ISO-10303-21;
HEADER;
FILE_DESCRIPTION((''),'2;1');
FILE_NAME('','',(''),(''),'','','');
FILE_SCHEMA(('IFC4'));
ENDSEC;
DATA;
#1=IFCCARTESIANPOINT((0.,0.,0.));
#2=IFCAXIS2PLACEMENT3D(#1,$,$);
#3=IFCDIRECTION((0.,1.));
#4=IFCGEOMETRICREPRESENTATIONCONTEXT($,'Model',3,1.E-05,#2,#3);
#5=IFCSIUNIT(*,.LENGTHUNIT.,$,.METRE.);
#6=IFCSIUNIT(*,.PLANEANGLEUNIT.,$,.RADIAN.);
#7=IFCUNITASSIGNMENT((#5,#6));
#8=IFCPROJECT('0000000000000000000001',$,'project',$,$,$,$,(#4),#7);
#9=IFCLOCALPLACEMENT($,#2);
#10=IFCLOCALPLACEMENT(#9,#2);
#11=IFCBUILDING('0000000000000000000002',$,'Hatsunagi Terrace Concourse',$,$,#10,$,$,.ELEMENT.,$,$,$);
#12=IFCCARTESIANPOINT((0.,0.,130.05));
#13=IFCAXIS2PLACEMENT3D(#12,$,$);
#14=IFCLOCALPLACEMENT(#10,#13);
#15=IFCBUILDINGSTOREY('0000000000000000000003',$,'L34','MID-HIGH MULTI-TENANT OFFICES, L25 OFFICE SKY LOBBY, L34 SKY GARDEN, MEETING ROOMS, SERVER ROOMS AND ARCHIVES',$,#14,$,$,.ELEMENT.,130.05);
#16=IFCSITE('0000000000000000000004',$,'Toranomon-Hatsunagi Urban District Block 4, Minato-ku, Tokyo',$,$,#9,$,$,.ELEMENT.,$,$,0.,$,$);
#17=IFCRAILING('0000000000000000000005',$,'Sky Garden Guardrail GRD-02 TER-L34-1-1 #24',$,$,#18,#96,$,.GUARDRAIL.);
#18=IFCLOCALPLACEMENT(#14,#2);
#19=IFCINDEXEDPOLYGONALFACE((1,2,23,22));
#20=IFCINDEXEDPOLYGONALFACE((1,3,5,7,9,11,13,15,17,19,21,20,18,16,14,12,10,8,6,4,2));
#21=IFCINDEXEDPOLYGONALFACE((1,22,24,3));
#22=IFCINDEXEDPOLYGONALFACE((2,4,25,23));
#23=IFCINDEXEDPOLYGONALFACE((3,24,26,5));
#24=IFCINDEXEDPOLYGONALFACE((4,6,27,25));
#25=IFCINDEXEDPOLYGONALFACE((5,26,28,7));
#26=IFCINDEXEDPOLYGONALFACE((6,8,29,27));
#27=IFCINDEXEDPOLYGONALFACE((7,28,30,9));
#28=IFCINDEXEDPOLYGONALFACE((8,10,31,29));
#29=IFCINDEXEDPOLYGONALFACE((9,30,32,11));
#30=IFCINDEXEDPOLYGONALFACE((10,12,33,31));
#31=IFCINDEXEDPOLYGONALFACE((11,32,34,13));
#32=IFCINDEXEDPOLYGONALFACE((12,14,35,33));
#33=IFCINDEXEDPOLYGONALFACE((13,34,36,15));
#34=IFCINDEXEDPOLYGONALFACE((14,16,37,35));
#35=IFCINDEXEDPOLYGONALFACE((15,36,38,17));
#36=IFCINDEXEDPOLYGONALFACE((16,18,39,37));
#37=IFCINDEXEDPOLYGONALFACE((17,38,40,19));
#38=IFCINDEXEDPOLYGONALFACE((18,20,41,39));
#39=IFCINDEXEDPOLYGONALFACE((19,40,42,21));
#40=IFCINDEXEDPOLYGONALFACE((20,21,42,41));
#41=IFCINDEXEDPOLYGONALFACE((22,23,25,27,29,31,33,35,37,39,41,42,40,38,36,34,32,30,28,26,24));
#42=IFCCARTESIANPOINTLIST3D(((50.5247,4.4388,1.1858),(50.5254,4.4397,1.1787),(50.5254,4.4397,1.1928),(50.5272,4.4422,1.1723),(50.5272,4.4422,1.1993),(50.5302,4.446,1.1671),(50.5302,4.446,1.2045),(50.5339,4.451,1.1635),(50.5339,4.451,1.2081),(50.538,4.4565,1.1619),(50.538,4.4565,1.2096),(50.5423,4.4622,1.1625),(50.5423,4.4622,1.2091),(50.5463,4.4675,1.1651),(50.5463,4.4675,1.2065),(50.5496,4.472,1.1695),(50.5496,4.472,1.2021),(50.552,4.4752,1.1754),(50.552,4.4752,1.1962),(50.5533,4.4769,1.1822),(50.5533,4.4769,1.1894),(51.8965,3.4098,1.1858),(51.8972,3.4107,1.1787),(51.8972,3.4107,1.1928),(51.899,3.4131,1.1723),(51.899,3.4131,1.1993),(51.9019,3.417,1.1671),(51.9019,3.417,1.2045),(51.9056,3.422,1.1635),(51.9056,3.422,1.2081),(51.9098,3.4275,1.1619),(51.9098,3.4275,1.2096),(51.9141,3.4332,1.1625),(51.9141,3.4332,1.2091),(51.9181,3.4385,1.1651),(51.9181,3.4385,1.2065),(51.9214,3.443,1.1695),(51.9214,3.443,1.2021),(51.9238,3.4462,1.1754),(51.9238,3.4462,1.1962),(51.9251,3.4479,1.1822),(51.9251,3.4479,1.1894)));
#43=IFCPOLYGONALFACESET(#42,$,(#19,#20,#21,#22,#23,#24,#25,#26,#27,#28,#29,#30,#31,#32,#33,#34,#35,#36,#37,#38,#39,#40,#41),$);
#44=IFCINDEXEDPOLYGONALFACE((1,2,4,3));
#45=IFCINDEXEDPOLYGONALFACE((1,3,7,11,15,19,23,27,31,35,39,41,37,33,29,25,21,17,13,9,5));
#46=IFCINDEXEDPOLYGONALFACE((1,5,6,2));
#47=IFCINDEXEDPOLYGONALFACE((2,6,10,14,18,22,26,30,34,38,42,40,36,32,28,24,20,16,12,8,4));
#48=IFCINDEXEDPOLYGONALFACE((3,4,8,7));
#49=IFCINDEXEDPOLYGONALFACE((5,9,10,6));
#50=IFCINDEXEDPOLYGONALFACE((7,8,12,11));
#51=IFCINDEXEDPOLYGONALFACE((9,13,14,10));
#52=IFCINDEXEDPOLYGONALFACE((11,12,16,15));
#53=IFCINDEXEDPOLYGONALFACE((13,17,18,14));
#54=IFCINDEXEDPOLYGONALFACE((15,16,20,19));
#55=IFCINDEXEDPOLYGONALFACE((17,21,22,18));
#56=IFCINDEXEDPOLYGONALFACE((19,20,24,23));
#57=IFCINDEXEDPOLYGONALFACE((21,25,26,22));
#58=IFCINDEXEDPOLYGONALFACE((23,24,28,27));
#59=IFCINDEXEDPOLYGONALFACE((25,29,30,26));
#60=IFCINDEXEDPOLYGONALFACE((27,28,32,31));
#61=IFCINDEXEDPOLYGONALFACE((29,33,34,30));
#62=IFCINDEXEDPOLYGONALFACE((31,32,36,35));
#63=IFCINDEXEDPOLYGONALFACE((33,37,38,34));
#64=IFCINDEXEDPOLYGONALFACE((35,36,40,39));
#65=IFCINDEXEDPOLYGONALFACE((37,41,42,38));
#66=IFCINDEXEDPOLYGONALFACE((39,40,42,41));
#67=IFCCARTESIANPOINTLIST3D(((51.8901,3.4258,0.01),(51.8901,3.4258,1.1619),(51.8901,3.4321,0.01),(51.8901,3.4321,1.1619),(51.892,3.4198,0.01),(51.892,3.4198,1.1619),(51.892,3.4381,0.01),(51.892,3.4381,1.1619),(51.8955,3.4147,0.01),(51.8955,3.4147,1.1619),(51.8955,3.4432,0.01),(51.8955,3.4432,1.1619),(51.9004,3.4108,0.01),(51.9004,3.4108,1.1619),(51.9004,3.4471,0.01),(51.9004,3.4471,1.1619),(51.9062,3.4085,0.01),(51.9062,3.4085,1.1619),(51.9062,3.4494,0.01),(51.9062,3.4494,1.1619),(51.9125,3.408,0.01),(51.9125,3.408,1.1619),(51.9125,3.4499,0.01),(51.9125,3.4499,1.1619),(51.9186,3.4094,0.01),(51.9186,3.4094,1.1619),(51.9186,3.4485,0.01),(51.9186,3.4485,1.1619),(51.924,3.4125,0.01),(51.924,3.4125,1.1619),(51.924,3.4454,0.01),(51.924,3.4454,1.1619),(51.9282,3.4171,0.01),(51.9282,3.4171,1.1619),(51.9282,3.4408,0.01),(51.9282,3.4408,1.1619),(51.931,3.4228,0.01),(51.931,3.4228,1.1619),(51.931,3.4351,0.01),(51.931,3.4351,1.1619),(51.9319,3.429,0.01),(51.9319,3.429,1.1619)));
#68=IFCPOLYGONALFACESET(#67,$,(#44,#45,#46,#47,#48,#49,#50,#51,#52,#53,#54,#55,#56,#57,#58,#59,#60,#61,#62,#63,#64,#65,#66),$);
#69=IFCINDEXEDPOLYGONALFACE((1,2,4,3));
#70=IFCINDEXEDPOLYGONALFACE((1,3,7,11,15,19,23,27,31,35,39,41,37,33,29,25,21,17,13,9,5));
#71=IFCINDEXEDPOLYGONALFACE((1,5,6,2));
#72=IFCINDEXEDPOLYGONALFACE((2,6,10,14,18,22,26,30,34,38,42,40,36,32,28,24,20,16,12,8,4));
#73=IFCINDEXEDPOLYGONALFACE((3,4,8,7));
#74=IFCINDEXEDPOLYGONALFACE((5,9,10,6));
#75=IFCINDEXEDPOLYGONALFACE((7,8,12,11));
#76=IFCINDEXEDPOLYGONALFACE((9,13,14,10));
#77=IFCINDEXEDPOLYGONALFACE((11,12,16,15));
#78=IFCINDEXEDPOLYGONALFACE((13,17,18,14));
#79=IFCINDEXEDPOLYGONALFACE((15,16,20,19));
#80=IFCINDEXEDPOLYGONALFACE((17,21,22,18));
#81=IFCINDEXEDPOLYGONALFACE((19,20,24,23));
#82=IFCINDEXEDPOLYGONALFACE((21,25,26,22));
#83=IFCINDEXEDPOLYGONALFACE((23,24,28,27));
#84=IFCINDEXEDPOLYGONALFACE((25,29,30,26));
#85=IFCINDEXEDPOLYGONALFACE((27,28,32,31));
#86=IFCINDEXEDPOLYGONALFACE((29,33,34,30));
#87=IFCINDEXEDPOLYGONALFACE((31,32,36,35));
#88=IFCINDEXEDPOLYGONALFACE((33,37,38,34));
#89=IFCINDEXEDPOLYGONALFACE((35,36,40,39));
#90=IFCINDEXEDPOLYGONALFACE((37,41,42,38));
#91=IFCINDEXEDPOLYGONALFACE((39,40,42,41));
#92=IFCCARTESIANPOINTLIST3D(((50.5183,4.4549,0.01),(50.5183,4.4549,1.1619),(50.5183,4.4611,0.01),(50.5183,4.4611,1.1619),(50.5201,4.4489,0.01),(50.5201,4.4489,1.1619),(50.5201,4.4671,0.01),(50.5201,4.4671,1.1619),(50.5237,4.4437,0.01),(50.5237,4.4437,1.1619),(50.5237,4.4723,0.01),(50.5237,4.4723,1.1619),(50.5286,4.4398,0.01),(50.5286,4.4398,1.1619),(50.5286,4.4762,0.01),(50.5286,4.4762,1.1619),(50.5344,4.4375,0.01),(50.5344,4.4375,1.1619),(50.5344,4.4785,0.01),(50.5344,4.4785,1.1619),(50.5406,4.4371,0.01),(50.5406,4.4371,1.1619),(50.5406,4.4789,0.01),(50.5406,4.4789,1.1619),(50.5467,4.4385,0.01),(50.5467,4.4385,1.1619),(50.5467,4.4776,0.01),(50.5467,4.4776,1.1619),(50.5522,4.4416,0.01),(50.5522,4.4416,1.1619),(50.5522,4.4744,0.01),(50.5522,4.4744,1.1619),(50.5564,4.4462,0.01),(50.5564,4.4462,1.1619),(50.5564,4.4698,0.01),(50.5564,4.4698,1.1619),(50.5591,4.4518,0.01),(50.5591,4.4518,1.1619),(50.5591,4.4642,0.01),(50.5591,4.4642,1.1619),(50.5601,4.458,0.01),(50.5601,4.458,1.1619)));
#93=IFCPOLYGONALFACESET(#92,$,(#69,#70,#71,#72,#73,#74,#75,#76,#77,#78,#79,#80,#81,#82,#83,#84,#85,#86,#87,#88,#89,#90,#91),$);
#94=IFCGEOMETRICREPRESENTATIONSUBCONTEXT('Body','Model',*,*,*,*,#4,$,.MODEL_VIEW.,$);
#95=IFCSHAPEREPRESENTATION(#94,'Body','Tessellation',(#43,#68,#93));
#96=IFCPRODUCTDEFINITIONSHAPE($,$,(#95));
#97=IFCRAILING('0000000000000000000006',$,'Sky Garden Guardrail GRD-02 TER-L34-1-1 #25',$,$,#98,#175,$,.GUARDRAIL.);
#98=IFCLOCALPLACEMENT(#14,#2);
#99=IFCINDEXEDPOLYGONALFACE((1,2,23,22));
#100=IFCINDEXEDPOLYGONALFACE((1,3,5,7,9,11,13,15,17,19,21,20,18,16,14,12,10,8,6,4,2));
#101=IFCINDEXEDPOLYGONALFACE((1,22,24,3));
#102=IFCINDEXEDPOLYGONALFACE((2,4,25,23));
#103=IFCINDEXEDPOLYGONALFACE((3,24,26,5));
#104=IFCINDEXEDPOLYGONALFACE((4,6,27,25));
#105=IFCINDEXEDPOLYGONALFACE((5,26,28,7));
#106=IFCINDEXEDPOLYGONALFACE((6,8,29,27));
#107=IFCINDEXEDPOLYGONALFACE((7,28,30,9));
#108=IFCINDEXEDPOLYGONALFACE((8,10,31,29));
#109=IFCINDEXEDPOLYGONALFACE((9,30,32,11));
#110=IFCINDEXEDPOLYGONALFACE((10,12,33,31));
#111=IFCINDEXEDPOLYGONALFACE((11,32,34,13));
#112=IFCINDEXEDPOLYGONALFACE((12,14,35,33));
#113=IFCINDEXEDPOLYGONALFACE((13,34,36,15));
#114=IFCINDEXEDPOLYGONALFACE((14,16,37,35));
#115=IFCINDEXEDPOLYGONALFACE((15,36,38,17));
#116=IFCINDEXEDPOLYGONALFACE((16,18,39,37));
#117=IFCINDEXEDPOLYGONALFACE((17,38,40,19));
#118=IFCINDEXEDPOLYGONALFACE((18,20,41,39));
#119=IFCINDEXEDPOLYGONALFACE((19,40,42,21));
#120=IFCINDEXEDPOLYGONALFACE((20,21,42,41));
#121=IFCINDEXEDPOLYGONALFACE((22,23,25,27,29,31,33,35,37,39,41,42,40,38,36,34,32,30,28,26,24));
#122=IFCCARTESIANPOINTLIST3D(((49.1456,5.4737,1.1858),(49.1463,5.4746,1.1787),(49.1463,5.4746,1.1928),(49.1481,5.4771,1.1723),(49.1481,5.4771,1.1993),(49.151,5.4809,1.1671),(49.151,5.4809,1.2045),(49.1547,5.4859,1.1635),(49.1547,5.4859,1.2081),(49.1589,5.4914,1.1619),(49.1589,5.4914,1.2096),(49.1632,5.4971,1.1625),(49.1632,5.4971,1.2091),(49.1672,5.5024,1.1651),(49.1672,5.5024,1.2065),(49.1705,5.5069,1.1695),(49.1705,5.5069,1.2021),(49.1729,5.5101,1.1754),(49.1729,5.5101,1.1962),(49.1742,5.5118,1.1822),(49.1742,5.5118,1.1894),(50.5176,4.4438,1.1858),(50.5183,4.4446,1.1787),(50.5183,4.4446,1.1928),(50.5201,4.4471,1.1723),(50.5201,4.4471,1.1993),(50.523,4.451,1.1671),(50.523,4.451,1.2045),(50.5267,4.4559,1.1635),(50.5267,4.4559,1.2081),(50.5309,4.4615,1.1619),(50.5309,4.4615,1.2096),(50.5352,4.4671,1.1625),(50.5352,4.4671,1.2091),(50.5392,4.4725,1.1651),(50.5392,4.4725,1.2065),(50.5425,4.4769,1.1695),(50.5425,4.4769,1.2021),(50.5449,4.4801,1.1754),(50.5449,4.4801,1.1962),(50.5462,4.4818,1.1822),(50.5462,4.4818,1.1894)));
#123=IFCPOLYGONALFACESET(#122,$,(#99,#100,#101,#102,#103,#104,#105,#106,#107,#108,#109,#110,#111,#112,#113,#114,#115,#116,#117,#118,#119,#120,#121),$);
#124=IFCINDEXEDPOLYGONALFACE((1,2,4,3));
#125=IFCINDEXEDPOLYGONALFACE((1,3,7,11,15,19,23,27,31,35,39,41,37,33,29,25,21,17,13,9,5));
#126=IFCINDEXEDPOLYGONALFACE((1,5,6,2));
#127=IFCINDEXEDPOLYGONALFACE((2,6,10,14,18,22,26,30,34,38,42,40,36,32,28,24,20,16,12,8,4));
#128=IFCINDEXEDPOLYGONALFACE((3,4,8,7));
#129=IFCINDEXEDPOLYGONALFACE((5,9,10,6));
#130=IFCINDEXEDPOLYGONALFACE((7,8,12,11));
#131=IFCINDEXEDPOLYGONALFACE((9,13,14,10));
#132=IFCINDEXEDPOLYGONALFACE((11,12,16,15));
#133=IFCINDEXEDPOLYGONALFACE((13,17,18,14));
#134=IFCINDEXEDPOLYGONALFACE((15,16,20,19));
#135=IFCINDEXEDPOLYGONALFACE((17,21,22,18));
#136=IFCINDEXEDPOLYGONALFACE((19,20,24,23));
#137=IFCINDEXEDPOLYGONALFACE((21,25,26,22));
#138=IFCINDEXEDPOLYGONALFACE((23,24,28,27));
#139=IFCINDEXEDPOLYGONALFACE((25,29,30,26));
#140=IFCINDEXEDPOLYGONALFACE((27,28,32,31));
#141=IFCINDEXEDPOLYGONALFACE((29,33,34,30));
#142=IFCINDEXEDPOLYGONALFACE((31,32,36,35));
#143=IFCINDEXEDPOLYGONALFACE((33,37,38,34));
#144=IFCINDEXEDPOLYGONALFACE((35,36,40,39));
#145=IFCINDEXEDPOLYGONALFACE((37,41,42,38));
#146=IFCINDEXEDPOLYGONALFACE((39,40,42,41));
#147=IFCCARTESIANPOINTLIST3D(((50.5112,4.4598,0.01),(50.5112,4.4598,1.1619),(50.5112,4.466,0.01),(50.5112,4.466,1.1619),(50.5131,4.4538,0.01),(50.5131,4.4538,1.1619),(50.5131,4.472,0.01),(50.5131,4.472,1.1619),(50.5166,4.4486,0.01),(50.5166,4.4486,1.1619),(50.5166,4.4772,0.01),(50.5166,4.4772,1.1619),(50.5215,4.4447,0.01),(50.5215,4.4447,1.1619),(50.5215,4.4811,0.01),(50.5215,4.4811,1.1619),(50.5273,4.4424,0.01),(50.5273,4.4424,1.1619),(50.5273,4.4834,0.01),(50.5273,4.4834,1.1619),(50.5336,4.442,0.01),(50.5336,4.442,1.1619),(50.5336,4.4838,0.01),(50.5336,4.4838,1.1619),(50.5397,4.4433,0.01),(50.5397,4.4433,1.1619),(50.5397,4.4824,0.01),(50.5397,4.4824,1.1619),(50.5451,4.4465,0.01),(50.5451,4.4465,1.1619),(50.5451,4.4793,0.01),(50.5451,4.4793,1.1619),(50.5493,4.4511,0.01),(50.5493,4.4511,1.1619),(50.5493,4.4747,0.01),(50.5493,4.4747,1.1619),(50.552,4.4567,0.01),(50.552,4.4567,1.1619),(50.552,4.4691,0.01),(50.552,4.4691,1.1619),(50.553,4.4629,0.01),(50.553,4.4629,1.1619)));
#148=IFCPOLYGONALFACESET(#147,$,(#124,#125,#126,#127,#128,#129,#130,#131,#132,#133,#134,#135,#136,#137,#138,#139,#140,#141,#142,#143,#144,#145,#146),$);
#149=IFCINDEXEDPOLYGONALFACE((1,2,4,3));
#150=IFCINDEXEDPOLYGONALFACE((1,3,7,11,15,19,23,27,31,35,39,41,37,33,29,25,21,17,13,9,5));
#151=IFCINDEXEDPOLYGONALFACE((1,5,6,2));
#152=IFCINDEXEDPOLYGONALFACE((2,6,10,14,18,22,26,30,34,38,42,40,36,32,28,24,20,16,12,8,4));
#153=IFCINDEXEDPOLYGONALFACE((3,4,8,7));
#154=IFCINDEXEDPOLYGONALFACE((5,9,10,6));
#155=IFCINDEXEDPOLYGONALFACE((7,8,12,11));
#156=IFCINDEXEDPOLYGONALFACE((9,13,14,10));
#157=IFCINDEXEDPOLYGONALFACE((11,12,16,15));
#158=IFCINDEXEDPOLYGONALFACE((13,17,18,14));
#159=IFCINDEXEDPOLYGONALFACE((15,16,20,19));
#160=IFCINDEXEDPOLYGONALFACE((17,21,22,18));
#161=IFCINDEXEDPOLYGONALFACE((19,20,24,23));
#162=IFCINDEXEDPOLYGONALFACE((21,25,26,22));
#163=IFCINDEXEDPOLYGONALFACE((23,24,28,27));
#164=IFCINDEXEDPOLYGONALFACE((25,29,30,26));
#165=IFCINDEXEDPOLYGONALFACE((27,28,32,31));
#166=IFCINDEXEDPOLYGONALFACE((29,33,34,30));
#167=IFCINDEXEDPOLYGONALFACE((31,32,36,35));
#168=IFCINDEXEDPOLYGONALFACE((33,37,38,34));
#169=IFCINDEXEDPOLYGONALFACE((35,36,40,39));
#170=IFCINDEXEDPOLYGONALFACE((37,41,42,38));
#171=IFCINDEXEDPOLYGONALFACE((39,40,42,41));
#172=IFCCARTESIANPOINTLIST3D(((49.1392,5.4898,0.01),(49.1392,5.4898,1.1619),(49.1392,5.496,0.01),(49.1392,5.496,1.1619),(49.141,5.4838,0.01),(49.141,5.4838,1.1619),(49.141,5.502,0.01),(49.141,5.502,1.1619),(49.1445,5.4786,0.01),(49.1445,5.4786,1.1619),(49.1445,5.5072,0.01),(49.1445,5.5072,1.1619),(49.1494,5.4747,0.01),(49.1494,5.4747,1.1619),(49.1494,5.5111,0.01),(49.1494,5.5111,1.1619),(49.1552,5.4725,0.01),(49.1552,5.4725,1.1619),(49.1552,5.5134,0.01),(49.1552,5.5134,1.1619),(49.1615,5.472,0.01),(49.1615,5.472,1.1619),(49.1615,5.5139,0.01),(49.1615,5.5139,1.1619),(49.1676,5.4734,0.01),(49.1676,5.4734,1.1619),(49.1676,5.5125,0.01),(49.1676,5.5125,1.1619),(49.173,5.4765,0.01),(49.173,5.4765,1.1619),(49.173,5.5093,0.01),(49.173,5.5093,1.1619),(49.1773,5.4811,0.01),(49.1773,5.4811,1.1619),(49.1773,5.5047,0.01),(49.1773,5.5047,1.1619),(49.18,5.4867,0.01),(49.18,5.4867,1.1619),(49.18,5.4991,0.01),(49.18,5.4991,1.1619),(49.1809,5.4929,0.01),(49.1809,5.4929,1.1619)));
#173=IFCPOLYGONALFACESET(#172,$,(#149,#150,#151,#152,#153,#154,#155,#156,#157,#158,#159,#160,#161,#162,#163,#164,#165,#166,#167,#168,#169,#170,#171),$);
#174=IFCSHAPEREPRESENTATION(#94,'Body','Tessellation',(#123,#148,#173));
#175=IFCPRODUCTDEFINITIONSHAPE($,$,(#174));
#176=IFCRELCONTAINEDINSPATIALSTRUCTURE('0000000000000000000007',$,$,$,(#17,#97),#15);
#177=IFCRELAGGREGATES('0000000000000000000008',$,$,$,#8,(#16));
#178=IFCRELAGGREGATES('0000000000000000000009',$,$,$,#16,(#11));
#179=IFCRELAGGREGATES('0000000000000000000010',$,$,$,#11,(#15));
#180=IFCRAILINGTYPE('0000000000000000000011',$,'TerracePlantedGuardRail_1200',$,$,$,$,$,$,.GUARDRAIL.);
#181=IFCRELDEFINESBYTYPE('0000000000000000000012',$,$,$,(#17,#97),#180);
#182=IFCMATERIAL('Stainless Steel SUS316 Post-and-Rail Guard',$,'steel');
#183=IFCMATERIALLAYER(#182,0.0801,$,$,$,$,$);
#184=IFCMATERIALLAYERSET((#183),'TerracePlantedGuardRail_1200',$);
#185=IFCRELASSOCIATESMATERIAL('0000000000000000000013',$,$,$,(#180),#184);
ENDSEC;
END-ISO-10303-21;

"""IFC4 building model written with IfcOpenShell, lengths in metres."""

from ifc_helpers import new_model, si_unit, direction, frame, origin, origin_2d, place, context, subcontext, project, spatial, circle, extrude, material, layer, layer_set, type_object, element, save


model = new_model("IFC4")

# Units and contexts
model_context = context("Model", 3, precision=1e-05, world=origin(), true_north=direction((0.0, 1.0)))
body_context = subcontext(model_context, "Body", "Model", "MODEL_VIEW")
ifc_project = project(units=[si_unit("LENGTHUNIT", "METRE"), si_unit("PLANEANGLEUNIT", "RADIAN")], contexts=[model_context])

# Site, building, storey
site_placement = place(None, origin())
site = spatial("IfcSite", under=ifc_project, at=site_placement, Name="Toranomon-Hatsunagi Urban District Block 4, Minato-ku, Tokyo", CompositionType="ELEMENT", RefElevation=0.0)
building_placement = place(site_placement, origin())
building = spatial("IfcBuilding", under=site, at=building_placement, Name="Hatsunagi Terrace Concourse", CompositionType="ELEMENT")
storey_placement = place(building_placement, frame((0.0, 0.0, 130.05)))
storey = spatial("IfcBuildingStorey", under=building, at=storey_placement, Name="L34", Description="MID-HIGH MULTI-TENANT OFFICES, L25 OFFICE SKY LOBBY, L34 SKY GARDEN, MEETING ROOMS, SERVER ROOMS AND ARCHIVES", CompositionType="ELEMENT", Elevation=130.05)

# Railings
ifc_material_1 = material(Name="Stainless Steel SUS316 Post-and-Rail Guard", Category="steel")
ifc_layer_1 = layer(ifc_material_1, 0.0801)
ifc_layer_set_1 = layer_set([ifc_layer_1], Name="TerracePlantedGuardRail_1200")
railing_type = type_object("IfcRailingType", Name="TerracePlantedGuardRail_1200", PredefinedType="GUARDRAIL", material=ifc_layer_set_1)
railing_1_placement = place(storey_placement, frame((51.9109, 3.429, 0.01)))
element("IfcRailing", 1, at=railing_1_placement, inside=storey, type_object=railing_type, Name="Sky Garden Guardrail GRD-02 TER-L34-1-1 #24", PredefinedType="GUARDRAIL", context=body_context, shape_type="SweptSolid", body=[
    extrude(circle(Radius=0.0239, at=origin_2d()), frame((0.0, 0.0, 1.1758), z_axis=(-0.799949, 0.600068, 0.0), x_axis=(-0.600068, -0.799949, 0.0)), (0.0, 0.0, 1.0), 1.7148),
    extrude(circle(Radius=0.021, at=origin_2d()), origin(), (0.0, 0.0, 1.0), 1.1519),
    extrude(circle(Radius=0.021, at=origin_2d()), frame((-1.3718, 1.0291, 0.0)), (0.0, 0.0, 1.0), 1.1519),
])
for number, where, name in (
    (2, (50.532, 4.4629, 0.01), "Sky Garden Guardrail GRD-02 TER-L34-1-1 #25"),
):
    element("IfcRailing", number, at=place(storey_placement, frame(where)), inside=storey, type_object=railing_type, Name=name, PredefinedType="GUARDRAIL", context=body_context, shape_type="SweptSolid", body=[
        extrude(circle(Radius=0.0239, at=origin_2d()), frame((0.0, 0.0, 1.1758), z_axis=(-0.799727, 0.600364, 0.0), x_axis=(-0.600364, -0.799727, 0.0)), (0.0, 0.0, 1.0), 1.7156),
        extrude(circle(Radius=0.021, at=origin_2d()), origin(), (0.0, 0.0, 1.0), 1.1519),
        extrude(circle(Radius=0.021, at=origin_2d()), frame((-1.3721, 1.03, 0.0)), (0.0, 0.0, 1.0), 1.1519),
    ])

save(model, "model.ifc")
